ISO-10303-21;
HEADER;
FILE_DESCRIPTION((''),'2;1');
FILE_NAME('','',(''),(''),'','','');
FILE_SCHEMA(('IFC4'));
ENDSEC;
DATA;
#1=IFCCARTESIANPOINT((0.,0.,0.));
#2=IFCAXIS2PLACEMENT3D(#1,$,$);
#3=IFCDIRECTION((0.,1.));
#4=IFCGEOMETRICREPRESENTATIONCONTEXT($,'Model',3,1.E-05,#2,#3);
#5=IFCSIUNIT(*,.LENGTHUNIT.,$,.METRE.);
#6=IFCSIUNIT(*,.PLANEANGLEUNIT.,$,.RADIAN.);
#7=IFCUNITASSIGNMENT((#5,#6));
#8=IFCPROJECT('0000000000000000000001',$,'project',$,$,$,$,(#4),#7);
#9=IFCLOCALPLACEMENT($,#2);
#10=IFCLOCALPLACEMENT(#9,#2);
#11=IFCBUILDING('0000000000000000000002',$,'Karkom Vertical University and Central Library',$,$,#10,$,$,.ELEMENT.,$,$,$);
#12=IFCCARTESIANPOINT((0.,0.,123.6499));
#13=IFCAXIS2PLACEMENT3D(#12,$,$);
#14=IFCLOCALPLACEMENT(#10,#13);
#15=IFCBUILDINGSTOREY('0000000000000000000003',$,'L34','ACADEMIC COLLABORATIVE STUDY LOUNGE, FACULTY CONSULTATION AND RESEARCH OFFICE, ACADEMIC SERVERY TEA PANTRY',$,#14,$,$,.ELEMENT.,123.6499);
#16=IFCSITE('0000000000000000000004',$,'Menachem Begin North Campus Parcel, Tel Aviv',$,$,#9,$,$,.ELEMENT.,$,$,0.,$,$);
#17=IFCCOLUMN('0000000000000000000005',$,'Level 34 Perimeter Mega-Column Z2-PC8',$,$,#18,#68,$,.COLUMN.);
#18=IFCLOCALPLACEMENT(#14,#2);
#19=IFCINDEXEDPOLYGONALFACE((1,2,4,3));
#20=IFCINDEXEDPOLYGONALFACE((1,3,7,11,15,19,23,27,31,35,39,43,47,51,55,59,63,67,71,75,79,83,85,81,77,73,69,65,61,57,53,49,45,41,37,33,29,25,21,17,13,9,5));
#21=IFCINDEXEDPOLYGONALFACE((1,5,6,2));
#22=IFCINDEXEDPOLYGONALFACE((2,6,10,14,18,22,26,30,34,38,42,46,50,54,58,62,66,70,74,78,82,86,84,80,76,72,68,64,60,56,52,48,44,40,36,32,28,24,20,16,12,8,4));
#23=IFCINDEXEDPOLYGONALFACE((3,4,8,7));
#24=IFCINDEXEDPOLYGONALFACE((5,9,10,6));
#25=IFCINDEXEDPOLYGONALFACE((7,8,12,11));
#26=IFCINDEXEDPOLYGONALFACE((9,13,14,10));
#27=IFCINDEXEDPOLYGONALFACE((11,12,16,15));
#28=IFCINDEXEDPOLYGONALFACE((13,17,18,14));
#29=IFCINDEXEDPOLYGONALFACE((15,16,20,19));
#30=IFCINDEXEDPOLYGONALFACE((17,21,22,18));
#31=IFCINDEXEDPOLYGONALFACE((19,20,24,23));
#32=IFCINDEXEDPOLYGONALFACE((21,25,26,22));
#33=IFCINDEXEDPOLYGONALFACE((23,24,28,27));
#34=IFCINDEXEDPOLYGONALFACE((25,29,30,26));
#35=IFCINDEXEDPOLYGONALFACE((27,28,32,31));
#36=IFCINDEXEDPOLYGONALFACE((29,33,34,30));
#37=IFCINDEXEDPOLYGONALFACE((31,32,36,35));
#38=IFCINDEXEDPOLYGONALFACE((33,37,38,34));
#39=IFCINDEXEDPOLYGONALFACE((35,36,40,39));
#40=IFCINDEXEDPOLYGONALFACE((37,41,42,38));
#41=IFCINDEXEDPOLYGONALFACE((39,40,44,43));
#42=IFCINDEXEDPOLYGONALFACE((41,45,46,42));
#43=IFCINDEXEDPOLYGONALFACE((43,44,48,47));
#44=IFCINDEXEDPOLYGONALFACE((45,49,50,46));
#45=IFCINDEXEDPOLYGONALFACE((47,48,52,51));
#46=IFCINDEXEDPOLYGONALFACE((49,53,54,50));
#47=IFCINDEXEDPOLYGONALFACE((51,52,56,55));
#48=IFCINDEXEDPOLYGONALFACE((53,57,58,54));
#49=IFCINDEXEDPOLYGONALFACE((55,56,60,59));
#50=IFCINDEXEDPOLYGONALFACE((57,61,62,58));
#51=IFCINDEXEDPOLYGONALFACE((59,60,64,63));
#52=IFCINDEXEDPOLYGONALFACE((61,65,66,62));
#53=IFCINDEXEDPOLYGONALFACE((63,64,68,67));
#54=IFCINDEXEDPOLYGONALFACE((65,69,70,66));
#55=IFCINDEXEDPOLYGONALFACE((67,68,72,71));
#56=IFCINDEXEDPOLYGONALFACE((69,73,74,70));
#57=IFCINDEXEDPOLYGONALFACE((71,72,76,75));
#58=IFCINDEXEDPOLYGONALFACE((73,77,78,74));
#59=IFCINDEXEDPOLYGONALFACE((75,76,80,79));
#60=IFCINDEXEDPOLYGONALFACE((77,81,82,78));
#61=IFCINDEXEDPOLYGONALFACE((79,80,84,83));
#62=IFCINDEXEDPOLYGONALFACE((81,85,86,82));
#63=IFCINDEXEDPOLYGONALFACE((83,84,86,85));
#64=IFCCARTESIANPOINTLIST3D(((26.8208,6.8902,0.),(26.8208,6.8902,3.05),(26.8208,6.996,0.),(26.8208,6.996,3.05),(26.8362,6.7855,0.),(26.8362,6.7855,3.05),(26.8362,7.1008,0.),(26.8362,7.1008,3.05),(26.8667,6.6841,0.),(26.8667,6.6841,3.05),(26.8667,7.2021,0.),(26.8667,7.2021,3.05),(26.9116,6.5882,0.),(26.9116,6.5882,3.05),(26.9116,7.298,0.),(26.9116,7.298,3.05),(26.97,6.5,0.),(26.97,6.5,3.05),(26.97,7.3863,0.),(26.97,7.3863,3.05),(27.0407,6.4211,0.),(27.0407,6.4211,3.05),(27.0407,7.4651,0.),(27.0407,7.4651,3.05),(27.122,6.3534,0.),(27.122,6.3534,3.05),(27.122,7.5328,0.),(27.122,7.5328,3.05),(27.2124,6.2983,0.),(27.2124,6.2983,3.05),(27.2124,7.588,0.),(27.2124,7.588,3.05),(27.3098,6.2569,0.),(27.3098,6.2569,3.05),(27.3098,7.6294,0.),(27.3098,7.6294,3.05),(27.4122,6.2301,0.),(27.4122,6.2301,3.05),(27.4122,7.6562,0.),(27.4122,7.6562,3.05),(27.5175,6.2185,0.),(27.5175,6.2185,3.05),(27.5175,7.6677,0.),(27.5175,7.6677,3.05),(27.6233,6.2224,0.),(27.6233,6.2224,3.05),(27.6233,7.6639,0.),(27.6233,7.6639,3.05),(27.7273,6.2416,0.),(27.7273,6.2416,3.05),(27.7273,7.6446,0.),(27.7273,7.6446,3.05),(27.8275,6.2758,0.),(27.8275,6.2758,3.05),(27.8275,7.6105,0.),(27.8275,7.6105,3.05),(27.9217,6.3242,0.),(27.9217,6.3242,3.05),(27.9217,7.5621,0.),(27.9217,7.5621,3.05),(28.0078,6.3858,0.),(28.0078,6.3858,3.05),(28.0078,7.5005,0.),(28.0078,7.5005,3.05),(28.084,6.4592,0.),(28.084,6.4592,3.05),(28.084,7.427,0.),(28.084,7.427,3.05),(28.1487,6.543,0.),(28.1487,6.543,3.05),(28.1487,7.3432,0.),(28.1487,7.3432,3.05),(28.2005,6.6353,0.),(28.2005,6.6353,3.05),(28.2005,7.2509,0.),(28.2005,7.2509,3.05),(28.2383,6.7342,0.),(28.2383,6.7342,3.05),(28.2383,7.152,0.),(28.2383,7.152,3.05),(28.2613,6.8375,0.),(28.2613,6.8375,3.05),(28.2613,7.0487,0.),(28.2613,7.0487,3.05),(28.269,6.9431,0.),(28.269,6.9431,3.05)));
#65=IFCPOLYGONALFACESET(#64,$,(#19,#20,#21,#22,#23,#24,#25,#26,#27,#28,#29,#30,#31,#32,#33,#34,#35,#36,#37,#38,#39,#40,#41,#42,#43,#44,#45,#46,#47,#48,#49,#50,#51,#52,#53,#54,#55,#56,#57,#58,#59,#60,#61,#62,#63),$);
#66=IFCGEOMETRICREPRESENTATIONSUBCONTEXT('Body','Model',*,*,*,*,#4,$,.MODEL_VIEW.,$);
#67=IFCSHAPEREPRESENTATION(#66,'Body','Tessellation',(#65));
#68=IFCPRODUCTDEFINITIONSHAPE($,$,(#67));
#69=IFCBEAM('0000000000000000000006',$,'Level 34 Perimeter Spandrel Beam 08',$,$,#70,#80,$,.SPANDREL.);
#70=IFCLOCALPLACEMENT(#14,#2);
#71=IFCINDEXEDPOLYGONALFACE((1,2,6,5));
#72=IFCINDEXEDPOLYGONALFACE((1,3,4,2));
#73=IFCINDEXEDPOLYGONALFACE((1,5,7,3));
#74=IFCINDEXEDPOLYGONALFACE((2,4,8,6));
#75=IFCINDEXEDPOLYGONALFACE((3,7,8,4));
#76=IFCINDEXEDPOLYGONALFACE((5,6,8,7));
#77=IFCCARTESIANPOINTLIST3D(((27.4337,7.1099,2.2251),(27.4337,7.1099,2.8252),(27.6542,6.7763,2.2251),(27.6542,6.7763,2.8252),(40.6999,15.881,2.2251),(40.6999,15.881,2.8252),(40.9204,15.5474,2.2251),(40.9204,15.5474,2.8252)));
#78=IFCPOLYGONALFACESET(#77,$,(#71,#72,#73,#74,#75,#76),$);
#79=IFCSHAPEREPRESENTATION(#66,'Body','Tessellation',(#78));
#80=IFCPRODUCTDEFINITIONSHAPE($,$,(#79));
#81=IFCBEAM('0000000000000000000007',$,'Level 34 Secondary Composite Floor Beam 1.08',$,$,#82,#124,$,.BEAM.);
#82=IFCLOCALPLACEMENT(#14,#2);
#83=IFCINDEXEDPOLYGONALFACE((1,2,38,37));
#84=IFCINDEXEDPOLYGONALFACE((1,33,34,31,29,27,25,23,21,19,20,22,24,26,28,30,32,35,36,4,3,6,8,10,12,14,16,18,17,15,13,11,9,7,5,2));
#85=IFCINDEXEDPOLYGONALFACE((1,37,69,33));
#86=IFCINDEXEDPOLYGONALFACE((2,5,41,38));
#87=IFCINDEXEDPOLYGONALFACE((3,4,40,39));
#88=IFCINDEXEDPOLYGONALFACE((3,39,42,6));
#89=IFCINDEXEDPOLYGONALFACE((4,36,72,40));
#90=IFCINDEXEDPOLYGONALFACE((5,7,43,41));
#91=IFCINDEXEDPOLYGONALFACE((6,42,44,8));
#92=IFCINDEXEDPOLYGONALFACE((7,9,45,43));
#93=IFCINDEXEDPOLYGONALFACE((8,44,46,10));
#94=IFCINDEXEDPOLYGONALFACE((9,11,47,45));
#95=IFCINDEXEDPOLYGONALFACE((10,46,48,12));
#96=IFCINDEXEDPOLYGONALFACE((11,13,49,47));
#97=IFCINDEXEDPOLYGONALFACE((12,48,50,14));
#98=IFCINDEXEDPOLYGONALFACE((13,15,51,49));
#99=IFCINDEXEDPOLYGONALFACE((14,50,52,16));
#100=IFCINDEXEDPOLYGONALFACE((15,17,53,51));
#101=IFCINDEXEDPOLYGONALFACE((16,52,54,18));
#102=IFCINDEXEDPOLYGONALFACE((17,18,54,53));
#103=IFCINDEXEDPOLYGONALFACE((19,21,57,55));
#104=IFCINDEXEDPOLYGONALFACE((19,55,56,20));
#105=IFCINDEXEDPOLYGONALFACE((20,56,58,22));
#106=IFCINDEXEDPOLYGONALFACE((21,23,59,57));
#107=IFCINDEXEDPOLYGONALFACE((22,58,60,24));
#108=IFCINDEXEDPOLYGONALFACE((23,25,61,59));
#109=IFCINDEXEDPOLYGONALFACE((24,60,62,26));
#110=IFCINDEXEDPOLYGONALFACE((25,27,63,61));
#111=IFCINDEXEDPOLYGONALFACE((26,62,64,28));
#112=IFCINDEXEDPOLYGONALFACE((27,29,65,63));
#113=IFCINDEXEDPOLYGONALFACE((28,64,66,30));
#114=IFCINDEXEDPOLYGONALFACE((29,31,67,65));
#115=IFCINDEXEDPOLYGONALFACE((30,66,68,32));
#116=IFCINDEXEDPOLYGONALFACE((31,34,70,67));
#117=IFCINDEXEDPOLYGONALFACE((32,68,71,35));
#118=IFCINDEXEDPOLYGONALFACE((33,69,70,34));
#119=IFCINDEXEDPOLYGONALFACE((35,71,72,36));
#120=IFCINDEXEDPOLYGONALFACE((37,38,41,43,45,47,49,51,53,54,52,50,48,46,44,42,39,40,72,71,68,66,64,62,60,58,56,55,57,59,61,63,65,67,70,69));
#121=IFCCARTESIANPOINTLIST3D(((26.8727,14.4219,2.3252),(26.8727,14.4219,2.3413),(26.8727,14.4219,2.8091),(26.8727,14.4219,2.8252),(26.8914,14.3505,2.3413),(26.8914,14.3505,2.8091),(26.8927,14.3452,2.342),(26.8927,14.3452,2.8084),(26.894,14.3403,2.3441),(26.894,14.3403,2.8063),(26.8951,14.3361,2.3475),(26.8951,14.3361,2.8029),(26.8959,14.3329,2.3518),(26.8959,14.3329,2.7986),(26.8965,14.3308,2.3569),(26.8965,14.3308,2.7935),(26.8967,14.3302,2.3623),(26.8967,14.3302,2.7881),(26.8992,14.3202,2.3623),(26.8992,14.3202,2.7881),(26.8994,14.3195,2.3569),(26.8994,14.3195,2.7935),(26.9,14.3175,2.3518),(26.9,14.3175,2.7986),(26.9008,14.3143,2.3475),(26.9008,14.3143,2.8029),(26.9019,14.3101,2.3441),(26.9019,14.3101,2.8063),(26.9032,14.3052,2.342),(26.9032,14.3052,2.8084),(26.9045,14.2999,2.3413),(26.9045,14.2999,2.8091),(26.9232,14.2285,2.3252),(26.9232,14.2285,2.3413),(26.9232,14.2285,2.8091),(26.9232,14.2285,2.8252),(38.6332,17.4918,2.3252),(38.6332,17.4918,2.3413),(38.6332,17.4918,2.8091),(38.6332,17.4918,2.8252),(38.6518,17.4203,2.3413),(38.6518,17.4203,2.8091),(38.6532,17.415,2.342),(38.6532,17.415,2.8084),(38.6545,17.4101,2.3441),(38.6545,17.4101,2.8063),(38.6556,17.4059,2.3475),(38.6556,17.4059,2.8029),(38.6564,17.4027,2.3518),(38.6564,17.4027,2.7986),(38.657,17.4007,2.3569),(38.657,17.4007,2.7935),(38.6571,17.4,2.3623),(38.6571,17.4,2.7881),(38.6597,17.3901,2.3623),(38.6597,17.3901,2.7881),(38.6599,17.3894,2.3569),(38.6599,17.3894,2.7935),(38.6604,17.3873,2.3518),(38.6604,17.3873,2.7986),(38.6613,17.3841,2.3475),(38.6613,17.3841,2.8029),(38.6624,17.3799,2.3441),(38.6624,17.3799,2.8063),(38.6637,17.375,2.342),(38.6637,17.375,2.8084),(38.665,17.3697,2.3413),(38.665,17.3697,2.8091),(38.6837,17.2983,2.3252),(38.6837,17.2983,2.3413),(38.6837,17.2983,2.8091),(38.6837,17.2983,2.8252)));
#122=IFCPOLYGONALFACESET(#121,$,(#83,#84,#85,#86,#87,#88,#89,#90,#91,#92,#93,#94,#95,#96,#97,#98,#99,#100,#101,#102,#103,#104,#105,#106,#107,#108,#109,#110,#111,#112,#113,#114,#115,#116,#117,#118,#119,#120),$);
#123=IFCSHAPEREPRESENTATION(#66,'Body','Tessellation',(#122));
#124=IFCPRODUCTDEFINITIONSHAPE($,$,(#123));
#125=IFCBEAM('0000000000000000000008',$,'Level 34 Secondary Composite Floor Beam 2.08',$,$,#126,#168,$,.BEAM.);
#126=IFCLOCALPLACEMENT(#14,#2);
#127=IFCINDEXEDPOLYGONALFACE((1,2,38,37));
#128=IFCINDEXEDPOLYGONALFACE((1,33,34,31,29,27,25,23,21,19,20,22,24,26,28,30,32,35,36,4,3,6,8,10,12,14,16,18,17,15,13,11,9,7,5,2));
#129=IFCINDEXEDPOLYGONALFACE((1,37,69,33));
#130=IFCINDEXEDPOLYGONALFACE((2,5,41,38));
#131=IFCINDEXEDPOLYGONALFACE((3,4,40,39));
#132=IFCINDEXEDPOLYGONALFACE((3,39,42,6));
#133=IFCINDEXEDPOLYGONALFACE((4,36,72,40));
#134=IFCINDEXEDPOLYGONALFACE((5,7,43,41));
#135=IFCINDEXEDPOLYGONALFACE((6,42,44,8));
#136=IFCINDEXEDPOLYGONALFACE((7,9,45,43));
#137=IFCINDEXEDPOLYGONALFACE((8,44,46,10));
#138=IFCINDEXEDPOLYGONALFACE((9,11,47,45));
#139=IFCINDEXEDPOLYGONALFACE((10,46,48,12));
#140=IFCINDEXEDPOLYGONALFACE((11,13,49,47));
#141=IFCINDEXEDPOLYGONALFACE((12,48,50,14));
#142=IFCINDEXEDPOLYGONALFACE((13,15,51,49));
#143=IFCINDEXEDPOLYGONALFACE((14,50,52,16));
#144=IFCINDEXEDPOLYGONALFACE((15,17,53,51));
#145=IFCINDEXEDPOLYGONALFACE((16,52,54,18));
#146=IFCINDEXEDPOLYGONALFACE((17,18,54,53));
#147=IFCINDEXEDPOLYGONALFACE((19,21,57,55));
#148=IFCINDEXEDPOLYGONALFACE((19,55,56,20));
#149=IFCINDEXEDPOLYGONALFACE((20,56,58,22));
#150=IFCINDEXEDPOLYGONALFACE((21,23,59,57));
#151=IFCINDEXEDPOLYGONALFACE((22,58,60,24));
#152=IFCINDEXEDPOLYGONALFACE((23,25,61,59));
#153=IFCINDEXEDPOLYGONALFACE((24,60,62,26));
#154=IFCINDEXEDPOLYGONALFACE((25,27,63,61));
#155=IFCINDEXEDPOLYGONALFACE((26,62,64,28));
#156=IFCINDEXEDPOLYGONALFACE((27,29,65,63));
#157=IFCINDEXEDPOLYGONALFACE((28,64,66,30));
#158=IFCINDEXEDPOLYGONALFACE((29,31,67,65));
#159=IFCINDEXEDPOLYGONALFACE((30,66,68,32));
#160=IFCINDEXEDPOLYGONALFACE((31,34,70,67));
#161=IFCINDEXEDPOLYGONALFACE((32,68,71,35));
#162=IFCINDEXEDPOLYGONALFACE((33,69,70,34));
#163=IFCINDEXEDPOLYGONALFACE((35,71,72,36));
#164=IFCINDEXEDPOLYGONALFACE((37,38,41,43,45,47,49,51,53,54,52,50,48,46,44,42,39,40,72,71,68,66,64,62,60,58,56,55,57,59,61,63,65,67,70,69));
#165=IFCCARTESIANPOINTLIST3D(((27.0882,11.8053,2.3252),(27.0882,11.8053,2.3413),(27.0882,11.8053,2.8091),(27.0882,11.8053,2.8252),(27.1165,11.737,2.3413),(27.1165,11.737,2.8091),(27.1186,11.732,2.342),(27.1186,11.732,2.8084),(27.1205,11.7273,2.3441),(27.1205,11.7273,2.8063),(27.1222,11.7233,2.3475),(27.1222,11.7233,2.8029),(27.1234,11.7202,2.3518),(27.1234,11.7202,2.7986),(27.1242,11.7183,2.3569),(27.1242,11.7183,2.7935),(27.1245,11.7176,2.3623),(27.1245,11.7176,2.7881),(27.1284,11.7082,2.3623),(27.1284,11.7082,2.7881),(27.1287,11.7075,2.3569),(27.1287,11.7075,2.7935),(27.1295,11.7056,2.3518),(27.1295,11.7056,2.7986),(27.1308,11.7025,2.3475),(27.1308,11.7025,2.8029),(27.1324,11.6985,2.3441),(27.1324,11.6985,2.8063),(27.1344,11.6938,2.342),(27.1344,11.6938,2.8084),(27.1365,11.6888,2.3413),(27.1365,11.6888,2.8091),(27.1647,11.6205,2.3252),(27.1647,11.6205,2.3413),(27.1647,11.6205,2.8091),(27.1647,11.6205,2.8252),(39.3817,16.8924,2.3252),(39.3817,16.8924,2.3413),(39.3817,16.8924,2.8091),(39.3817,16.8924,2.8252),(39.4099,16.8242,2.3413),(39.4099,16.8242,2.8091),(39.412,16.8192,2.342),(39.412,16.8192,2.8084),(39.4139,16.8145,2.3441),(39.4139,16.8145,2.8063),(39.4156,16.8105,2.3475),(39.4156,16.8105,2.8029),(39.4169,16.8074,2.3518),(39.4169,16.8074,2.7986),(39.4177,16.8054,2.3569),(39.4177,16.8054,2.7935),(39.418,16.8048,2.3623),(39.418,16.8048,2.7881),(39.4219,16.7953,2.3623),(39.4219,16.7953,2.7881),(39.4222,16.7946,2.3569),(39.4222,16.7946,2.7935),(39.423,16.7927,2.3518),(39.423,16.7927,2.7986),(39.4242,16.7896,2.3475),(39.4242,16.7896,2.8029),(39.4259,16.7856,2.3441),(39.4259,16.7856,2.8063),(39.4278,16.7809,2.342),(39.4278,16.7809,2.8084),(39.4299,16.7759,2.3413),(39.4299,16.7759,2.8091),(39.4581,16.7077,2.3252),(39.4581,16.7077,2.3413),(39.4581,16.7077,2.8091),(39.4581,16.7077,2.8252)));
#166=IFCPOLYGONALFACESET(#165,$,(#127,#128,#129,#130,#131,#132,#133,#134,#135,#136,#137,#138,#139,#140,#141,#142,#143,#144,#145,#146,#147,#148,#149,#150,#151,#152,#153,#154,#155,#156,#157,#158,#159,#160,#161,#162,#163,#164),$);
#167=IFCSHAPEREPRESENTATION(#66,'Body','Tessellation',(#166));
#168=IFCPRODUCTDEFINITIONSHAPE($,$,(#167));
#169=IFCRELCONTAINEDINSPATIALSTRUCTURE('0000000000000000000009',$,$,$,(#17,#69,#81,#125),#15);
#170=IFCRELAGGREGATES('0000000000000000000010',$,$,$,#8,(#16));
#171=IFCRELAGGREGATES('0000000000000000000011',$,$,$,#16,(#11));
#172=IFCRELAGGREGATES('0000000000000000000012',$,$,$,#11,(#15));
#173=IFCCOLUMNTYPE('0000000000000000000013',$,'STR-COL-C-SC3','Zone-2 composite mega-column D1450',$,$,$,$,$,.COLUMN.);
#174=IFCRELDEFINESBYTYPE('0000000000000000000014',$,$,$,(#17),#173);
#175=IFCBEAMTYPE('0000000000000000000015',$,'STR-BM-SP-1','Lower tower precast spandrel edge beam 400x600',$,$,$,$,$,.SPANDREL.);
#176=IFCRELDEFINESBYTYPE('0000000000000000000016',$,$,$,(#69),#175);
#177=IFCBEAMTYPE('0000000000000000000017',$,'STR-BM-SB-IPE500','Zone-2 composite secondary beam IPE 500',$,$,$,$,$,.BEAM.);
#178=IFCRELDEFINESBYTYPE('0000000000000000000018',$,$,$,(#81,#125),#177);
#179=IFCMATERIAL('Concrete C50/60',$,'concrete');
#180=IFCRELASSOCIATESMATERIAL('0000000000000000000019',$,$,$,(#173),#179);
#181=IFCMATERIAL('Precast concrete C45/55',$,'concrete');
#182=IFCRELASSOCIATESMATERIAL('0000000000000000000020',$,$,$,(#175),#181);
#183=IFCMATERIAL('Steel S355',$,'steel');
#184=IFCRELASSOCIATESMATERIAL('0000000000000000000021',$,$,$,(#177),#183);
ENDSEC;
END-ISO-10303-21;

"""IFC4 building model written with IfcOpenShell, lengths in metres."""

from ifc_helpers import new_model, si_unit, direction, frame, origin, origin_with_axes, origin_2d, place, context, subcontext, project, spatial, rectangle, circle, i_section, extrude, source, transform, mapped, material, material_profile, profile_set, type_object, element, save


model = new_model("IFC4")

# Units and contexts
model_context = context("Model", 3, precision=1e-05, world=origin(), true_north=direction((0.0, 1.0)))
body_context = subcontext(model_context, "Body", "Model", "MODEL_VIEW")
ifc_project = project(units=[si_unit("LENGTHUNIT", "METRE"), si_unit("PLANEANGLEUNIT", "RADIAN")], contexts=[model_context])

# Site, building, storey
site_placement = place(None, origin())
site = spatial("IfcSite", under=ifc_project, at=site_placement, Name="Menachem Begin North Campus Parcel, Tel Aviv", CompositionType="ELEMENT", RefElevation=0.0)
building_placement = place(site_placement, origin())
building = spatial("IfcBuilding", under=site, at=building_placement, Name="Karkom Vertical University and Central Library", CompositionType="ELEMENT")
storey_placement = place(building_placement, frame((0.0, 0.0, 123.6499)))
storey = spatial("IfcBuildingStorey", under=building, at=storey_placement, Name="L34", Description="ACADEMIC COLLABORATIVE STUDY LOUNGE, FACULTY CONSULTATION AND RESEARCH OFFICE, ACADEMIC SERVERY TEA PANTRY", CompositionType="ELEMENT", Elevation=123.6499)

# Column
ifc_material_1 = material(Name="Concrete C50/60", Category="concrete")
ifc_material_profile_1 = material_profile(ifc_material_1, circle(Radius=0.7251, at=origin_2d()), Name="CFT-D1450")
ifc_profile_set_1 = profile_set([ifc_material_profile_1], Name="Concrete C50/60")
column_type = type_object("IfcColumnType", Name="STR-COL-C-SC3", Description="Zone-2 composite mega-column D1450", PredefinedType="COLUMN", material=ifc_profile_set_1)
shared_shape_1 = source(origin_with_axes(), body_context, "Body", "SweptSolid", [
    extrude(circle(Radius=0.7251, at=origin_2d()), origin(), (0.0, 0.0, 1.0), 3.05),
])
column_placement = place(storey_placement, frame((27.5439, 6.9431, 0.0), z_axis=(0.0, 0.0, 1.0), x_axis=(1.0, 0.0, 0.0)))
element("IfcColumn", 1, at=column_placement, inside=storey, type_object=column_type, Name="Level 34 Perimeter Mega-Column Z2-PC8", PredefinedType="COLUMN", context=body_context, shape_type="MappedRepresentation", body=[
    mapped(shared_shape_1, transform((0.0, 0.0, 0.0), scale=1.0)),
])

# Beams
ifc_material_2 = material(Name="Precast concrete C45/55", Category="concrete")
ifc_material_profile_2 = material_profile(ifc_material_2, rectangle(XDim=0.3999, YDim=0.6001, at=origin_2d()), Name="SPB-400x600")
ifc_profile_set_2 = profile_set([ifc_material_profile_2], Name="Precast concrete C45/55")
beam_type_1 = type_object("IfcBeamType", Name="STR-BM-SP-1", Description="Lower tower precast spandrel edge beam 400x600", PredefinedType="SPANDREL", material=ifc_profile_set_2)
shared_shape_2 = source(origin_with_axes(), body_context, "Body", "SweptSolid", [
    extrude(rectangle(XDim=0.3999, YDim=0.6001, at=origin_2d()), origin(), (0.0, 0.0, 1.0), 15.9036),
])
beam_1_placement = place(storey_placement, frame((27.5439, 6.9431, 2.5251), z_axis=(0.834165, 0.551515, 0.0), x_axis=(-0.551515, 0.834165, 0.0)))
element("IfcBeam", 2, at=beam_1_placement, inside=storey, type_object=beam_type_1, Name="Level 34 Perimeter Spandrel Beam 08", PredefinedType="SPANDREL", context=body_context, shape_type="MappedRepresentation", body=[
    mapped(shared_shape_2, transform((0.0, 0.0, 0.0), scale=1.0)),
])
ifc_material_3 = material(Name="Steel S355", Category="steel")
ifc_material_profile_3 = material_profile(ifc_material_3, i_section(OverallWidth=0.2, OverallDepth=0.5, WebThickness=0.0103, FlangeThickness=0.0161, FilletRadius=0.021, at=origin_2d()), Name="IPE 500")
ifc_profile_set_3 = profile_set([ifc_material_profile_3], Name="Steel S355")
beam_type_2 = type_object("IfcBeamType", Name="STR-BM-SB-IPE500", Description="Zone-2 composite secondary beam IPE 500", PredefinedType="BEAM", material=ifc_profile_set_3)
shared_shape_3 = source(origin_with_axes(), body_context, "Body", "SweptSolid", [
    extrude(i_section(OverallWidth=0.2, OverallDepth=0.5, WebThickness=0.0103, FlangeThickness=0.0161, FilletRadius=0.021, at=origin_2d()), origin(), (0.0, 0.0, 1.0), 12.1545),
])
beam_2_placement = place(storey_placement, frame((26.8979, 14.3252, 2.5752), z_axis=(0.96758, 0.252566, 0.0), x_axis=(-0.252566, 0.96758, 0.0)))
element("IfcBeam", 3, at=beam_2_placement, inside=storey, type_object=beam_type_2, Name="Level 34 Secondary Composite Floor Beam 1.08", PredefinedType="BEAM", context=body_context, shape_type="MappedRepresentation", body=[
    mapped(shared_shape_3, transform((0.0, 0.0, 0.0), scale=1.0)),
])
shared_shape_4 = source(origin_with_axes(), body_context, "Body", "SweptSolid", [
    extrude(i_section(OverallWidth=0.2, OverallDepth=0.5, WebThickness=0.0103, FlangeThickness=0.0161, FilletRadius=0.021, at=origin_2d()), origin(), (0.0, 0.0, 1.0), 13.3044),
])
beam_3_placement = place(storey_placement, frame((27.1265, 11.7129, 2.5752), z_axis=(0.924011, 0.382365, 0.0), x_axis=(-0.382365, 0.924011, 0.0)))
element("IfcBeam", 4, at=beam_3_placement, inside=storey, type_object=beam_type_2, Name="Level 34 Secondary Composite Floor Beam 2.08", PredefinedType="BEAM", context=body_context, shape_type="MappedRepresentation", body=[
    mapped(shared_shape_4, transform((0.0, 0.0, 0.0), scale=1.0)),
])

save(model, "model.ifc")
